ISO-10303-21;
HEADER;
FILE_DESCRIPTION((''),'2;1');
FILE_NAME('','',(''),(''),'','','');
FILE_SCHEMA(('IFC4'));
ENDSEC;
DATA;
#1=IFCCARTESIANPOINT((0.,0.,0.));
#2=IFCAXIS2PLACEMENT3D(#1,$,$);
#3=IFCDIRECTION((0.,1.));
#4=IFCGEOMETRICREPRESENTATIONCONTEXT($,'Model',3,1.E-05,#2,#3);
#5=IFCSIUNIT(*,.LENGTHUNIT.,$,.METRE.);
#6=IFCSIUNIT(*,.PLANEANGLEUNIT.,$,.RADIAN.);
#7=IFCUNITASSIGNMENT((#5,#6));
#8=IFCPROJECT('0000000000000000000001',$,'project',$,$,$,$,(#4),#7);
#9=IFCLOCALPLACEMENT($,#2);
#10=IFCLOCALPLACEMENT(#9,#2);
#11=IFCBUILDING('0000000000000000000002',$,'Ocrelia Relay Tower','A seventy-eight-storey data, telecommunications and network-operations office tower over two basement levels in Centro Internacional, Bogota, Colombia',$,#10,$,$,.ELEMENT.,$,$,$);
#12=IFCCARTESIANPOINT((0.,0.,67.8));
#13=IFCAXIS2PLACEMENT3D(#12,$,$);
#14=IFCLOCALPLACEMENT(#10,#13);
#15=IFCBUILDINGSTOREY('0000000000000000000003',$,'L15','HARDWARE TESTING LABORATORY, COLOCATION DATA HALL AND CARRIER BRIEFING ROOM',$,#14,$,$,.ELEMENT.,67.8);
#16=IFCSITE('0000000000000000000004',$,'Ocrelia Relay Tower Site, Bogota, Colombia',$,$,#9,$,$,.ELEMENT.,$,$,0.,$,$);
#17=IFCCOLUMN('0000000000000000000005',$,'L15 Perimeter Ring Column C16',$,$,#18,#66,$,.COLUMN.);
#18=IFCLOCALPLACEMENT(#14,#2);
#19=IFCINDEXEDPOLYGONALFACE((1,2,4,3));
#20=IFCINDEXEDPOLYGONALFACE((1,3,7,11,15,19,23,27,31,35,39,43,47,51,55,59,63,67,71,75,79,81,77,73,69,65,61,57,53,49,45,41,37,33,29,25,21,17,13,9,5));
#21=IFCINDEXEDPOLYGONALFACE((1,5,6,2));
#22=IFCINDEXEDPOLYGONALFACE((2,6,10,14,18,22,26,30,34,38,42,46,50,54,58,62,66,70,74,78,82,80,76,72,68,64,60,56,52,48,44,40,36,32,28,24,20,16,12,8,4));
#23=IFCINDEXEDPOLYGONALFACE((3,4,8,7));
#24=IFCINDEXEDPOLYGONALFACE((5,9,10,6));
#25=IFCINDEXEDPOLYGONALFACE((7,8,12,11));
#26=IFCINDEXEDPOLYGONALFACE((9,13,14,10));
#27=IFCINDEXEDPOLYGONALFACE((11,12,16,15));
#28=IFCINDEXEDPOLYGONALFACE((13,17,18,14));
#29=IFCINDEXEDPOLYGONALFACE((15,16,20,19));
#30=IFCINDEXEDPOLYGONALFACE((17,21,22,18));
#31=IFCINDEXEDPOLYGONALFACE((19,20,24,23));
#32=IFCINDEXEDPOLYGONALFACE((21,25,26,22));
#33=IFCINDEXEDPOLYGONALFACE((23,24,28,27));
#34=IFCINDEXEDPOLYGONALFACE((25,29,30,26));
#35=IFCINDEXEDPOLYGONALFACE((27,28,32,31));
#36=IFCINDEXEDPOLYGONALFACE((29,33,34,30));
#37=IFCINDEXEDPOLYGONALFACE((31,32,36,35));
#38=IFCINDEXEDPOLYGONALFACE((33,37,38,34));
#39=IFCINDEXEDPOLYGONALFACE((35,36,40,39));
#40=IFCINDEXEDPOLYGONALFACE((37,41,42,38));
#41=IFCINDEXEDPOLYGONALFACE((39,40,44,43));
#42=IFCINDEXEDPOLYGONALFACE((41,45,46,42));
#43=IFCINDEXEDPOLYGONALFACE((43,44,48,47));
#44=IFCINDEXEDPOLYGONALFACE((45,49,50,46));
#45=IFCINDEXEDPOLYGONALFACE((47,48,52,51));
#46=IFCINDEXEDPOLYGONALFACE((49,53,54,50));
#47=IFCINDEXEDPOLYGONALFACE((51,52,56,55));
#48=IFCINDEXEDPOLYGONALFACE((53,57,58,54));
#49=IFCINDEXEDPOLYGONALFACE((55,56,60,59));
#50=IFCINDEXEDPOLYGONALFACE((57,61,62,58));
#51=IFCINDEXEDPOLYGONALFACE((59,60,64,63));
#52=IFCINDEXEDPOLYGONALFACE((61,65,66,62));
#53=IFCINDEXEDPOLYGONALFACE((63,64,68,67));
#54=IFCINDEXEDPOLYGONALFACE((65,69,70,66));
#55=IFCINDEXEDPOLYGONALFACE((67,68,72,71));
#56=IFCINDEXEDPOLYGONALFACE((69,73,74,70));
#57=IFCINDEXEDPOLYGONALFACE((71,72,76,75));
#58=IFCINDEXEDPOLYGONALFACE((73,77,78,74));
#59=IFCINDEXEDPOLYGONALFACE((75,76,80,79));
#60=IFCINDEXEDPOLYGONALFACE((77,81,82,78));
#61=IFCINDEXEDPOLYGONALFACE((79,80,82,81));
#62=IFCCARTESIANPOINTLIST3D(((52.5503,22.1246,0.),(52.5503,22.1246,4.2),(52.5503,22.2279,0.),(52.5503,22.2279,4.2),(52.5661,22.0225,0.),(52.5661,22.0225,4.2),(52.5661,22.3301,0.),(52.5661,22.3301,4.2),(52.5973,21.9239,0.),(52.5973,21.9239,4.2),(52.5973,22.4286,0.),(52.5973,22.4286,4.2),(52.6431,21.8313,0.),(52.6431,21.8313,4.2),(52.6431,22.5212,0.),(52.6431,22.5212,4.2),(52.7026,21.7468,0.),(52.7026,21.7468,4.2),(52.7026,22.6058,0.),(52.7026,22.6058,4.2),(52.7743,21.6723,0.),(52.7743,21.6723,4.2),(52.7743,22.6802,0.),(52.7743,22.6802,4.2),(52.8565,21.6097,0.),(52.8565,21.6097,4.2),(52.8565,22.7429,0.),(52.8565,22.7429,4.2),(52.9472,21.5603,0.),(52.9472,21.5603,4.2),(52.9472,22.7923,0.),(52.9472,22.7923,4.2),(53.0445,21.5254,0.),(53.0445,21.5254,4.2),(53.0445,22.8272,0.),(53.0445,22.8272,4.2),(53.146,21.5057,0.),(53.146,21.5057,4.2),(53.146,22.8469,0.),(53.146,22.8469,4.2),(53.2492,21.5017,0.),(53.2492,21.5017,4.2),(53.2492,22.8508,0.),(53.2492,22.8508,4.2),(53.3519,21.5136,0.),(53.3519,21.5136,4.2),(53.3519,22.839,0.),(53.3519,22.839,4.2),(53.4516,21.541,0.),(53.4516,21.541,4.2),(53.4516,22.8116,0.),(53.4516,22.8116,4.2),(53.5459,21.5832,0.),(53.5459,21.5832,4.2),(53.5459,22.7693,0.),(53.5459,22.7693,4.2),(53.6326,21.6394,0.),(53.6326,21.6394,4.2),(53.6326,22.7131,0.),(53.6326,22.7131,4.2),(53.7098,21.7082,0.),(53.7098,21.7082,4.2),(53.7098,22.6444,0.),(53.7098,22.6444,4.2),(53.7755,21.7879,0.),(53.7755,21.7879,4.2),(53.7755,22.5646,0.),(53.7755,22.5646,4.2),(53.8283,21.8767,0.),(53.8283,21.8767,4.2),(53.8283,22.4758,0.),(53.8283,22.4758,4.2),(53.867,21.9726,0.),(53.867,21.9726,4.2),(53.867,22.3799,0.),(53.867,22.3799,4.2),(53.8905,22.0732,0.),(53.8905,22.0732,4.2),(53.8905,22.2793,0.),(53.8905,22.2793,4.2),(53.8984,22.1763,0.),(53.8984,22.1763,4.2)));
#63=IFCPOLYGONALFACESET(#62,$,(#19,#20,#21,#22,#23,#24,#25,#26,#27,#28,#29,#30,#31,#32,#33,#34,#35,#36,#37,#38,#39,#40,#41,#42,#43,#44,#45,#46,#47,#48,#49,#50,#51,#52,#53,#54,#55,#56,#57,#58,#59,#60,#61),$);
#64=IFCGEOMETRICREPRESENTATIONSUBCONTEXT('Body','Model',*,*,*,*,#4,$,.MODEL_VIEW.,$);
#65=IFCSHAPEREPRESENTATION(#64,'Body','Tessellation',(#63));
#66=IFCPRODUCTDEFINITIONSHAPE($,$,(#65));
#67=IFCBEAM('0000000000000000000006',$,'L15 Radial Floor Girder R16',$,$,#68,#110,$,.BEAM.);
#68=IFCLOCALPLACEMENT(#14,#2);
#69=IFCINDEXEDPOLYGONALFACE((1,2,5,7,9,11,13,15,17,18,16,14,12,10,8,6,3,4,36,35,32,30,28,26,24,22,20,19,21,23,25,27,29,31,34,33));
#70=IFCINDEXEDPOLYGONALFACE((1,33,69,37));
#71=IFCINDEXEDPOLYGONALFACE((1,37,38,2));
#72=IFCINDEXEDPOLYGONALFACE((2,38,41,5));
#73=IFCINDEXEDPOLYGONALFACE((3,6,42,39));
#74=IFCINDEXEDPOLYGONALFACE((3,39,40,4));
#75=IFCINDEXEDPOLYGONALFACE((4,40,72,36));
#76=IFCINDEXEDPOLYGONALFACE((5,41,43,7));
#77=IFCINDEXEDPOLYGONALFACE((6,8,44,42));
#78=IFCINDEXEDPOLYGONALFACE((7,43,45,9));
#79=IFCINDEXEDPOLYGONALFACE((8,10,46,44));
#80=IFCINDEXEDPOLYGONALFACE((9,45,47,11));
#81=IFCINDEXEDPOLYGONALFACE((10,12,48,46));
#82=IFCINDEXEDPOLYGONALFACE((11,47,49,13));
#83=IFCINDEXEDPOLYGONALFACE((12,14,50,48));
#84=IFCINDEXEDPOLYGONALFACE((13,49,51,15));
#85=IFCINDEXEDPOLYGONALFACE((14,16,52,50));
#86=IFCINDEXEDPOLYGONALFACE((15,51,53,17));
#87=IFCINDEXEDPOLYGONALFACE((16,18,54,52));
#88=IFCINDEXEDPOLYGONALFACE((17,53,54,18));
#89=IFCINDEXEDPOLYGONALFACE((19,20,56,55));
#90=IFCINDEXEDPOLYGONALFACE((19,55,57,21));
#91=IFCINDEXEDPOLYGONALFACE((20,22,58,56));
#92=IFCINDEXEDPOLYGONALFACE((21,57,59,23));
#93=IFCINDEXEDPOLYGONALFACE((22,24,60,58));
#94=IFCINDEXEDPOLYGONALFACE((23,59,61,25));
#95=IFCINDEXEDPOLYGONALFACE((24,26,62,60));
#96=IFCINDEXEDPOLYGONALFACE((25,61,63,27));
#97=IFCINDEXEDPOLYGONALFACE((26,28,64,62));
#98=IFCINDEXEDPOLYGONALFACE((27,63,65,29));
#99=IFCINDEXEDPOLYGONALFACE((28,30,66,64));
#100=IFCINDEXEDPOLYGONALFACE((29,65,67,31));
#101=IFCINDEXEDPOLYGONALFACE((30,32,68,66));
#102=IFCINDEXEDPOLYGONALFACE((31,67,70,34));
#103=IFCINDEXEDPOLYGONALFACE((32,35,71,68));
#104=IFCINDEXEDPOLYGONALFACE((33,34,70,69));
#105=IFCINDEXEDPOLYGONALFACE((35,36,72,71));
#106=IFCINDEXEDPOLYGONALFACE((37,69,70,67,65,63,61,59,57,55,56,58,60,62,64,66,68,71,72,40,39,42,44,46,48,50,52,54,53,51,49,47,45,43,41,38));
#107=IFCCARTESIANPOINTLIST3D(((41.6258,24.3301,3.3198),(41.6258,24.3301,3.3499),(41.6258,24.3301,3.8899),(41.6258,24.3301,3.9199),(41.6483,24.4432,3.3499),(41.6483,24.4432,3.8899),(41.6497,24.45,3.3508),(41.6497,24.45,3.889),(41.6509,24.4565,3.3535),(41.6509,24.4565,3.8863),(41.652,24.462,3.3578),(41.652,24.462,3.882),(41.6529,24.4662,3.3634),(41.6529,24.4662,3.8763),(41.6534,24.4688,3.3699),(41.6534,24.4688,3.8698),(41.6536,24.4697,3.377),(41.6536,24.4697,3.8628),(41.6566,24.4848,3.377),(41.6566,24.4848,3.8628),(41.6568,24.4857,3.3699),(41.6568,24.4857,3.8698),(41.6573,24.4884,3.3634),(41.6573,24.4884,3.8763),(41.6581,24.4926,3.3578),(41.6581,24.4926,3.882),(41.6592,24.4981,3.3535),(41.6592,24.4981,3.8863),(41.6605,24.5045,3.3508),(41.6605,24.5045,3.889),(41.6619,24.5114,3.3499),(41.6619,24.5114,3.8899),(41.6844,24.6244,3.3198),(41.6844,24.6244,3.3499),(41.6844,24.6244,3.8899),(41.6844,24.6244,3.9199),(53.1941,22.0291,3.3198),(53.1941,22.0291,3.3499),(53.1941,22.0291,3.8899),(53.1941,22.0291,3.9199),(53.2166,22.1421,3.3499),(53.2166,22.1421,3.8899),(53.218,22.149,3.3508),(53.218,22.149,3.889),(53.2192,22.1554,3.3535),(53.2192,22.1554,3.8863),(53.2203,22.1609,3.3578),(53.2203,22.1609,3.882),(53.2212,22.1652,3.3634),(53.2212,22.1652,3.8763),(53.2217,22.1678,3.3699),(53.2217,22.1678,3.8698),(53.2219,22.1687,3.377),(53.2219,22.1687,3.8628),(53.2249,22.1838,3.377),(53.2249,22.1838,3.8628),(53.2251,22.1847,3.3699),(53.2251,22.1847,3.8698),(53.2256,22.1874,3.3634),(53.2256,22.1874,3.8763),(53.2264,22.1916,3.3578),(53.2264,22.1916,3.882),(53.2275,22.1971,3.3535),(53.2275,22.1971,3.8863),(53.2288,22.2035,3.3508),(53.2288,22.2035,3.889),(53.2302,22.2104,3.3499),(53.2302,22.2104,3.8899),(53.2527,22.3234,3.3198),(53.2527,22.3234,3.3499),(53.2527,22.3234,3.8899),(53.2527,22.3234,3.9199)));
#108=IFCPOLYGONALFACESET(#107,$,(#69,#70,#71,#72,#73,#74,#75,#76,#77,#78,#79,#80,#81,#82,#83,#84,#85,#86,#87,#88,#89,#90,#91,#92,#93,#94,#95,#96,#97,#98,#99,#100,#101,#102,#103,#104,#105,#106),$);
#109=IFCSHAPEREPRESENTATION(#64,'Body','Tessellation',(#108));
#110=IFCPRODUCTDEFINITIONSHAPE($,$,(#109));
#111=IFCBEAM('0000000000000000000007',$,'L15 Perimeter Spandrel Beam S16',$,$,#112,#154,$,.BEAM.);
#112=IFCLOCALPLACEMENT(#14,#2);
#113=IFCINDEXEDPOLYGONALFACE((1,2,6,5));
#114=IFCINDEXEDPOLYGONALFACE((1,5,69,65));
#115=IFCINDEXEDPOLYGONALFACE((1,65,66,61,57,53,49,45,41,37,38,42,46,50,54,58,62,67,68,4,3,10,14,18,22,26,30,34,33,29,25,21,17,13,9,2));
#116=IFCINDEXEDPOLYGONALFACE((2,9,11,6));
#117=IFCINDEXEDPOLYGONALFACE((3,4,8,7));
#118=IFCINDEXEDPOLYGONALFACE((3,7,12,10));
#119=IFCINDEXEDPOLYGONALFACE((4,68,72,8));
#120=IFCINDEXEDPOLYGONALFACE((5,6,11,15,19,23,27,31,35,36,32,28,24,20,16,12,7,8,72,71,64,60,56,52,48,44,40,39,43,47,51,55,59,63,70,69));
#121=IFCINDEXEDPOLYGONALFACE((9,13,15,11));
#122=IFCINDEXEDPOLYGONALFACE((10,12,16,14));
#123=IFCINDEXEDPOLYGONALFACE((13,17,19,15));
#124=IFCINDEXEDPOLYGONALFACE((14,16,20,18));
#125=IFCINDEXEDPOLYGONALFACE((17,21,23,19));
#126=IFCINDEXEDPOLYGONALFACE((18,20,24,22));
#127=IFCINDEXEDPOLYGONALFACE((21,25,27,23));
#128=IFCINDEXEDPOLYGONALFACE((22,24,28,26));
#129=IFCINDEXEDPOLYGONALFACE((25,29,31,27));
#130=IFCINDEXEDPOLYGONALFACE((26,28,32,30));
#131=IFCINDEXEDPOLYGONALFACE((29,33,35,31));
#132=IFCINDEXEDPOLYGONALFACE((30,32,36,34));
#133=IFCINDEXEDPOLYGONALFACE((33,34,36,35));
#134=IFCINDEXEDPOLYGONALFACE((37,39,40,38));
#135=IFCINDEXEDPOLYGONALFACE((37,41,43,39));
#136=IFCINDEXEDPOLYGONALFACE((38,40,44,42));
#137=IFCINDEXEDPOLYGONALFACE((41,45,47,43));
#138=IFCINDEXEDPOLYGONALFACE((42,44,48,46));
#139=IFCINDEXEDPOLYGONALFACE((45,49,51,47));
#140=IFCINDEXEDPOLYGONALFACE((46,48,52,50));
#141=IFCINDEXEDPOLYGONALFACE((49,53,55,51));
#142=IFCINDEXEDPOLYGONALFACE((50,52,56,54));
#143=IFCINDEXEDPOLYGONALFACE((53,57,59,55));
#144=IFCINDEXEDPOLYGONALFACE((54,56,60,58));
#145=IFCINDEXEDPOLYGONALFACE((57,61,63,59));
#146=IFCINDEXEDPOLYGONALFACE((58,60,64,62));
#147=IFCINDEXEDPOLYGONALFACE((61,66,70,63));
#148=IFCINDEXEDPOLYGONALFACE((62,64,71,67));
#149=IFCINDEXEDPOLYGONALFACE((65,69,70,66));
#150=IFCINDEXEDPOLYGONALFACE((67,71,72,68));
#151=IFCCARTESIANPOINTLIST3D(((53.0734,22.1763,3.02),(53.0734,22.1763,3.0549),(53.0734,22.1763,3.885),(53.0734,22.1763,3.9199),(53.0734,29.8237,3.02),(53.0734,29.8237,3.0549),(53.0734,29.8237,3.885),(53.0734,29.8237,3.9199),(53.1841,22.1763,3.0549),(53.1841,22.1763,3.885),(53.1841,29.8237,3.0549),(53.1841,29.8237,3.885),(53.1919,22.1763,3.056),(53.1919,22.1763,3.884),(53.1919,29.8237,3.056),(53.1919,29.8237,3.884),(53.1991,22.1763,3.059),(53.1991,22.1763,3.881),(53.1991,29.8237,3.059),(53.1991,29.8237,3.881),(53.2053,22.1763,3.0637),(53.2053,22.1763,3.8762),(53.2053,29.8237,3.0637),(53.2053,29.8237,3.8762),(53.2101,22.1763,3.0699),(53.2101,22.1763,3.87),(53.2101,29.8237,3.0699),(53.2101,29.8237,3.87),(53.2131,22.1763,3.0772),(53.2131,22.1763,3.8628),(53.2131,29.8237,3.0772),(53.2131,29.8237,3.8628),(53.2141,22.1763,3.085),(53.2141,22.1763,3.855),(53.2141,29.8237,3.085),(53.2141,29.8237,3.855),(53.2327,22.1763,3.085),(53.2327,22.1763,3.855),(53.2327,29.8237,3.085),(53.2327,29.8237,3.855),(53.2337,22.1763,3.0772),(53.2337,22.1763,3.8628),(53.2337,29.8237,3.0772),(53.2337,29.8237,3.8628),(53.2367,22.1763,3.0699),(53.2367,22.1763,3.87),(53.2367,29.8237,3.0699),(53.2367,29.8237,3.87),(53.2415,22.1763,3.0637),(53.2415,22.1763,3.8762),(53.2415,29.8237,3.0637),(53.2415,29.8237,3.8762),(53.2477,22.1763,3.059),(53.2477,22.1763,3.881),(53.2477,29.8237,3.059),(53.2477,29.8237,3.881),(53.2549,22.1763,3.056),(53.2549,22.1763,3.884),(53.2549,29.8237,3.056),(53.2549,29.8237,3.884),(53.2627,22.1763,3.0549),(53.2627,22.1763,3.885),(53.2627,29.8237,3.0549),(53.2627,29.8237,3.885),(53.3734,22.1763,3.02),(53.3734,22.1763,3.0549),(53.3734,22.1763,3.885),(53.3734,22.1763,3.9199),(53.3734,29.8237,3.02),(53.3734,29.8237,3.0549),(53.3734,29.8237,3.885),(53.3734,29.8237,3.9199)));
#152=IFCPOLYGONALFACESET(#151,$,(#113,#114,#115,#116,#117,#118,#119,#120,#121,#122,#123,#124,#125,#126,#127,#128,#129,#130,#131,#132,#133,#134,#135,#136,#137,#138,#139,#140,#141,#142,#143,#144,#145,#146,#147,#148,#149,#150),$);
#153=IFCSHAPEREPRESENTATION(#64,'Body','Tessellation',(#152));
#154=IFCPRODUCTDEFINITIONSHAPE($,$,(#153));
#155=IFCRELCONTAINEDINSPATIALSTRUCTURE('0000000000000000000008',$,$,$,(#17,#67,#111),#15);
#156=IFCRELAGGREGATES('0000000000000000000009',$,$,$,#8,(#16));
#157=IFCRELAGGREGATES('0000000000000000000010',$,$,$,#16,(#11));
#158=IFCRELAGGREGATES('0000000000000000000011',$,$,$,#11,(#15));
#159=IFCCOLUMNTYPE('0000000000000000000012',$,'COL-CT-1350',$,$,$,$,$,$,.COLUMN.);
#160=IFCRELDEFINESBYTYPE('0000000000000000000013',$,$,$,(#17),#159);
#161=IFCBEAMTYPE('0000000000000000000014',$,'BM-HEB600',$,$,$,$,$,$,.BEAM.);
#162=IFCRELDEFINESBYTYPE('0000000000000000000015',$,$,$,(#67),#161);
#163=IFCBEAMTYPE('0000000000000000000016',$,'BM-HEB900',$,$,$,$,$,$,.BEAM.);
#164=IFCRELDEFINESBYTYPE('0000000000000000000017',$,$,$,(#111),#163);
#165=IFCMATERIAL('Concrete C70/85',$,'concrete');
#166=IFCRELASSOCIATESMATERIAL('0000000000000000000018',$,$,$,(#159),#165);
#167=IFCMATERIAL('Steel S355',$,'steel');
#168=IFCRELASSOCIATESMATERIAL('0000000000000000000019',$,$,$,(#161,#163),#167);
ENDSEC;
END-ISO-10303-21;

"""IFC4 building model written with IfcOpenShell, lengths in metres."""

from ifc_helpers import new_model, si_unit, direction, frame, origin, origin_2d, place, context, subcontext, project, spatial, circle, i_section, extrude, material, material_profile, profile_set, type_object, element, save


model = new_model("IFC4")

# Units and contexts
model_context = context("Model", 3, precision=1e-05, world=origin(), true_north=direction((0.0, 1.0)))
body_context = subcontext(model_context, "Body", "Model", "MODEL_VIEW")
ifc_project = project(units=[si_unit("LENGTHUNIT", "METRE"), si_unit("PLANEANGLEUNIT", "RADIAN")], contexts=[model_context])

# Site, building, storey
site_placement = place(None, origin())
site = spatial("IfcSite", under=ifc_project, at=site_placement, Name="Ocrelia Relay Tower Site, Bogota, Colombia", CompositionType="ELEMENT", RefElevation=0.0)
building_placement = place(site_placement, origin())
building = spatial("IfcBuilding", under=site, at=building_placement, Name="Ocrelia Relay Tower", Description="A seventy-eight-storey data, telecommunications and network-operations office tower over two basement levels in Centro Internacional, Bogota, Colombia", CompositionType="ELEMENT")
storey_placement = place(building_placement, frame((0.0, 0.0, 67.8)))
storey = spatial("IfcBuildingStorey", under=building, at=storey_placement, Name="L15", Description="HARDWARE TESTING LABORATORY, COLOCATION DATA HALL AND CARRIER BRIEFING ROOM", CompositionType="ELEMENT", Elevation=67.8)

# Column
ifc_material_1 = material(Name="Concrete C70/85", Category="concrete")
ifc_material_profile_1 = material_profile(ifc_material_1, circle(Radius=0.675, at=origin_2d()), Name="RC-CIR-1350")
ifc_profile_set_1 = profile_set([ifc_material_profile_1], Name="Concrete C70/85")
column_type = type_object("IfcColumnType", Name="COL-CT-1350", PredefinedType="COLUMN", material=ifc_profile_set_1)
column_placement = place(storey_placement, frame((53.2234, 22.1763, 0.0), z_axis=(0.0, 0.0, 1.0), x_axis=(1.0, 0.0, 0.0)))
element("IfcColumn", 1, at=column_placement, inside=storey, type_object=column_type, Name="L15 Perimeter Ring Column C16", PredefinedType="COLUMN", context=body_context, shape_type="SweptSolid", body=[
    extrude(circle(Radius=0.675, at=origin_2d()), origin(), (0.0, 0.0, 1.0), 4.2),
])

# Beams
ifc_material_2 = material(Name="Steel S355", Category="steel")
ifc_material_profile_2 = material_profile(ifc_material_2, i_section(OverallWidth=0.3, OverallDepth=0.6001, WebThickness=0.0154, FlangeThickness=0.03, FilletRadius=0.0271, at=origin_2d()), Name="HEB 600")
ifc_profile_set_2 = profile_set([ifc_material_profile_2], Name="Steel S355")
beam_type_1 = type_object("IfcBeamType", Name="BM-HEB600", PredefinedType="BEAM", material=ifc_profile_set_2)
beam_1_placement = place(storey_placement, frame((53.2234, 22.1763, 3.6199), z_axis=(-0.980786, 0.195085, 0.0), x_axis=(-0.195085, -0.980786, 0.0)))
element("IfcBeam", 2, at=beam_1_placement, inside=storey, type_object=beam_type_1, Name="L15 Radial Floor Girder R16", PredefinedType="BEAM", context=body_context, shape_type="SweptSolid", body=[
    extrude(i_section(OverallWidth=0.3, OverallDepth=0.6001, WebThickness=0.0154, FlangeThickness=0.03, FilletRadius=0.0271, at=origin_2d()), origin(), (0.0, 0.0, 1.0), 11.7949),
])
ifc_material_profile_3 = material_profile(ifc_material_2, i_section(OverallWidth=0.3, OverallDepth=0.8999, WebThickness=0.0186, FlangeThickness=0.0349, FilletRadius=0.03, at=origin_2d()), Name="HEB 900")
ifc_profile_set_3 = profile_set([ifc_material_profile_3], Name="Steel S355")
beam_type_2 = type_object("IfcBeamType", Name="BM-HEB900", PredefinedType="BEAM", material=ifc_profile_set_3)
beam_2_placement = place(storey_placement, frame((53.2234, 22.1763, 3.47), z_axis=(0.0, 1.0, 0.0), x_axis=(-1.0, 0.0, 0.0)))
element("IfcBeam", 3, at=beam_2_placement, inside=storey, type_object=beam_type_2, Name="L15 Perimeter Spandrel Beam S16", PredefinedType="BEAM", context=body_context, shape_type="SweptSolid", body=[
    extrude(i_section(OverallWidth=0.3, OverallDepth=0.8999, WebThickness=0.0186, FlangeThickness=0.0349, FilletRadius=0.03, at=origin_2d()), origin(), (0.0, 0.0, 1.0), 7.6475),
])

save(model, "model.ifc")
